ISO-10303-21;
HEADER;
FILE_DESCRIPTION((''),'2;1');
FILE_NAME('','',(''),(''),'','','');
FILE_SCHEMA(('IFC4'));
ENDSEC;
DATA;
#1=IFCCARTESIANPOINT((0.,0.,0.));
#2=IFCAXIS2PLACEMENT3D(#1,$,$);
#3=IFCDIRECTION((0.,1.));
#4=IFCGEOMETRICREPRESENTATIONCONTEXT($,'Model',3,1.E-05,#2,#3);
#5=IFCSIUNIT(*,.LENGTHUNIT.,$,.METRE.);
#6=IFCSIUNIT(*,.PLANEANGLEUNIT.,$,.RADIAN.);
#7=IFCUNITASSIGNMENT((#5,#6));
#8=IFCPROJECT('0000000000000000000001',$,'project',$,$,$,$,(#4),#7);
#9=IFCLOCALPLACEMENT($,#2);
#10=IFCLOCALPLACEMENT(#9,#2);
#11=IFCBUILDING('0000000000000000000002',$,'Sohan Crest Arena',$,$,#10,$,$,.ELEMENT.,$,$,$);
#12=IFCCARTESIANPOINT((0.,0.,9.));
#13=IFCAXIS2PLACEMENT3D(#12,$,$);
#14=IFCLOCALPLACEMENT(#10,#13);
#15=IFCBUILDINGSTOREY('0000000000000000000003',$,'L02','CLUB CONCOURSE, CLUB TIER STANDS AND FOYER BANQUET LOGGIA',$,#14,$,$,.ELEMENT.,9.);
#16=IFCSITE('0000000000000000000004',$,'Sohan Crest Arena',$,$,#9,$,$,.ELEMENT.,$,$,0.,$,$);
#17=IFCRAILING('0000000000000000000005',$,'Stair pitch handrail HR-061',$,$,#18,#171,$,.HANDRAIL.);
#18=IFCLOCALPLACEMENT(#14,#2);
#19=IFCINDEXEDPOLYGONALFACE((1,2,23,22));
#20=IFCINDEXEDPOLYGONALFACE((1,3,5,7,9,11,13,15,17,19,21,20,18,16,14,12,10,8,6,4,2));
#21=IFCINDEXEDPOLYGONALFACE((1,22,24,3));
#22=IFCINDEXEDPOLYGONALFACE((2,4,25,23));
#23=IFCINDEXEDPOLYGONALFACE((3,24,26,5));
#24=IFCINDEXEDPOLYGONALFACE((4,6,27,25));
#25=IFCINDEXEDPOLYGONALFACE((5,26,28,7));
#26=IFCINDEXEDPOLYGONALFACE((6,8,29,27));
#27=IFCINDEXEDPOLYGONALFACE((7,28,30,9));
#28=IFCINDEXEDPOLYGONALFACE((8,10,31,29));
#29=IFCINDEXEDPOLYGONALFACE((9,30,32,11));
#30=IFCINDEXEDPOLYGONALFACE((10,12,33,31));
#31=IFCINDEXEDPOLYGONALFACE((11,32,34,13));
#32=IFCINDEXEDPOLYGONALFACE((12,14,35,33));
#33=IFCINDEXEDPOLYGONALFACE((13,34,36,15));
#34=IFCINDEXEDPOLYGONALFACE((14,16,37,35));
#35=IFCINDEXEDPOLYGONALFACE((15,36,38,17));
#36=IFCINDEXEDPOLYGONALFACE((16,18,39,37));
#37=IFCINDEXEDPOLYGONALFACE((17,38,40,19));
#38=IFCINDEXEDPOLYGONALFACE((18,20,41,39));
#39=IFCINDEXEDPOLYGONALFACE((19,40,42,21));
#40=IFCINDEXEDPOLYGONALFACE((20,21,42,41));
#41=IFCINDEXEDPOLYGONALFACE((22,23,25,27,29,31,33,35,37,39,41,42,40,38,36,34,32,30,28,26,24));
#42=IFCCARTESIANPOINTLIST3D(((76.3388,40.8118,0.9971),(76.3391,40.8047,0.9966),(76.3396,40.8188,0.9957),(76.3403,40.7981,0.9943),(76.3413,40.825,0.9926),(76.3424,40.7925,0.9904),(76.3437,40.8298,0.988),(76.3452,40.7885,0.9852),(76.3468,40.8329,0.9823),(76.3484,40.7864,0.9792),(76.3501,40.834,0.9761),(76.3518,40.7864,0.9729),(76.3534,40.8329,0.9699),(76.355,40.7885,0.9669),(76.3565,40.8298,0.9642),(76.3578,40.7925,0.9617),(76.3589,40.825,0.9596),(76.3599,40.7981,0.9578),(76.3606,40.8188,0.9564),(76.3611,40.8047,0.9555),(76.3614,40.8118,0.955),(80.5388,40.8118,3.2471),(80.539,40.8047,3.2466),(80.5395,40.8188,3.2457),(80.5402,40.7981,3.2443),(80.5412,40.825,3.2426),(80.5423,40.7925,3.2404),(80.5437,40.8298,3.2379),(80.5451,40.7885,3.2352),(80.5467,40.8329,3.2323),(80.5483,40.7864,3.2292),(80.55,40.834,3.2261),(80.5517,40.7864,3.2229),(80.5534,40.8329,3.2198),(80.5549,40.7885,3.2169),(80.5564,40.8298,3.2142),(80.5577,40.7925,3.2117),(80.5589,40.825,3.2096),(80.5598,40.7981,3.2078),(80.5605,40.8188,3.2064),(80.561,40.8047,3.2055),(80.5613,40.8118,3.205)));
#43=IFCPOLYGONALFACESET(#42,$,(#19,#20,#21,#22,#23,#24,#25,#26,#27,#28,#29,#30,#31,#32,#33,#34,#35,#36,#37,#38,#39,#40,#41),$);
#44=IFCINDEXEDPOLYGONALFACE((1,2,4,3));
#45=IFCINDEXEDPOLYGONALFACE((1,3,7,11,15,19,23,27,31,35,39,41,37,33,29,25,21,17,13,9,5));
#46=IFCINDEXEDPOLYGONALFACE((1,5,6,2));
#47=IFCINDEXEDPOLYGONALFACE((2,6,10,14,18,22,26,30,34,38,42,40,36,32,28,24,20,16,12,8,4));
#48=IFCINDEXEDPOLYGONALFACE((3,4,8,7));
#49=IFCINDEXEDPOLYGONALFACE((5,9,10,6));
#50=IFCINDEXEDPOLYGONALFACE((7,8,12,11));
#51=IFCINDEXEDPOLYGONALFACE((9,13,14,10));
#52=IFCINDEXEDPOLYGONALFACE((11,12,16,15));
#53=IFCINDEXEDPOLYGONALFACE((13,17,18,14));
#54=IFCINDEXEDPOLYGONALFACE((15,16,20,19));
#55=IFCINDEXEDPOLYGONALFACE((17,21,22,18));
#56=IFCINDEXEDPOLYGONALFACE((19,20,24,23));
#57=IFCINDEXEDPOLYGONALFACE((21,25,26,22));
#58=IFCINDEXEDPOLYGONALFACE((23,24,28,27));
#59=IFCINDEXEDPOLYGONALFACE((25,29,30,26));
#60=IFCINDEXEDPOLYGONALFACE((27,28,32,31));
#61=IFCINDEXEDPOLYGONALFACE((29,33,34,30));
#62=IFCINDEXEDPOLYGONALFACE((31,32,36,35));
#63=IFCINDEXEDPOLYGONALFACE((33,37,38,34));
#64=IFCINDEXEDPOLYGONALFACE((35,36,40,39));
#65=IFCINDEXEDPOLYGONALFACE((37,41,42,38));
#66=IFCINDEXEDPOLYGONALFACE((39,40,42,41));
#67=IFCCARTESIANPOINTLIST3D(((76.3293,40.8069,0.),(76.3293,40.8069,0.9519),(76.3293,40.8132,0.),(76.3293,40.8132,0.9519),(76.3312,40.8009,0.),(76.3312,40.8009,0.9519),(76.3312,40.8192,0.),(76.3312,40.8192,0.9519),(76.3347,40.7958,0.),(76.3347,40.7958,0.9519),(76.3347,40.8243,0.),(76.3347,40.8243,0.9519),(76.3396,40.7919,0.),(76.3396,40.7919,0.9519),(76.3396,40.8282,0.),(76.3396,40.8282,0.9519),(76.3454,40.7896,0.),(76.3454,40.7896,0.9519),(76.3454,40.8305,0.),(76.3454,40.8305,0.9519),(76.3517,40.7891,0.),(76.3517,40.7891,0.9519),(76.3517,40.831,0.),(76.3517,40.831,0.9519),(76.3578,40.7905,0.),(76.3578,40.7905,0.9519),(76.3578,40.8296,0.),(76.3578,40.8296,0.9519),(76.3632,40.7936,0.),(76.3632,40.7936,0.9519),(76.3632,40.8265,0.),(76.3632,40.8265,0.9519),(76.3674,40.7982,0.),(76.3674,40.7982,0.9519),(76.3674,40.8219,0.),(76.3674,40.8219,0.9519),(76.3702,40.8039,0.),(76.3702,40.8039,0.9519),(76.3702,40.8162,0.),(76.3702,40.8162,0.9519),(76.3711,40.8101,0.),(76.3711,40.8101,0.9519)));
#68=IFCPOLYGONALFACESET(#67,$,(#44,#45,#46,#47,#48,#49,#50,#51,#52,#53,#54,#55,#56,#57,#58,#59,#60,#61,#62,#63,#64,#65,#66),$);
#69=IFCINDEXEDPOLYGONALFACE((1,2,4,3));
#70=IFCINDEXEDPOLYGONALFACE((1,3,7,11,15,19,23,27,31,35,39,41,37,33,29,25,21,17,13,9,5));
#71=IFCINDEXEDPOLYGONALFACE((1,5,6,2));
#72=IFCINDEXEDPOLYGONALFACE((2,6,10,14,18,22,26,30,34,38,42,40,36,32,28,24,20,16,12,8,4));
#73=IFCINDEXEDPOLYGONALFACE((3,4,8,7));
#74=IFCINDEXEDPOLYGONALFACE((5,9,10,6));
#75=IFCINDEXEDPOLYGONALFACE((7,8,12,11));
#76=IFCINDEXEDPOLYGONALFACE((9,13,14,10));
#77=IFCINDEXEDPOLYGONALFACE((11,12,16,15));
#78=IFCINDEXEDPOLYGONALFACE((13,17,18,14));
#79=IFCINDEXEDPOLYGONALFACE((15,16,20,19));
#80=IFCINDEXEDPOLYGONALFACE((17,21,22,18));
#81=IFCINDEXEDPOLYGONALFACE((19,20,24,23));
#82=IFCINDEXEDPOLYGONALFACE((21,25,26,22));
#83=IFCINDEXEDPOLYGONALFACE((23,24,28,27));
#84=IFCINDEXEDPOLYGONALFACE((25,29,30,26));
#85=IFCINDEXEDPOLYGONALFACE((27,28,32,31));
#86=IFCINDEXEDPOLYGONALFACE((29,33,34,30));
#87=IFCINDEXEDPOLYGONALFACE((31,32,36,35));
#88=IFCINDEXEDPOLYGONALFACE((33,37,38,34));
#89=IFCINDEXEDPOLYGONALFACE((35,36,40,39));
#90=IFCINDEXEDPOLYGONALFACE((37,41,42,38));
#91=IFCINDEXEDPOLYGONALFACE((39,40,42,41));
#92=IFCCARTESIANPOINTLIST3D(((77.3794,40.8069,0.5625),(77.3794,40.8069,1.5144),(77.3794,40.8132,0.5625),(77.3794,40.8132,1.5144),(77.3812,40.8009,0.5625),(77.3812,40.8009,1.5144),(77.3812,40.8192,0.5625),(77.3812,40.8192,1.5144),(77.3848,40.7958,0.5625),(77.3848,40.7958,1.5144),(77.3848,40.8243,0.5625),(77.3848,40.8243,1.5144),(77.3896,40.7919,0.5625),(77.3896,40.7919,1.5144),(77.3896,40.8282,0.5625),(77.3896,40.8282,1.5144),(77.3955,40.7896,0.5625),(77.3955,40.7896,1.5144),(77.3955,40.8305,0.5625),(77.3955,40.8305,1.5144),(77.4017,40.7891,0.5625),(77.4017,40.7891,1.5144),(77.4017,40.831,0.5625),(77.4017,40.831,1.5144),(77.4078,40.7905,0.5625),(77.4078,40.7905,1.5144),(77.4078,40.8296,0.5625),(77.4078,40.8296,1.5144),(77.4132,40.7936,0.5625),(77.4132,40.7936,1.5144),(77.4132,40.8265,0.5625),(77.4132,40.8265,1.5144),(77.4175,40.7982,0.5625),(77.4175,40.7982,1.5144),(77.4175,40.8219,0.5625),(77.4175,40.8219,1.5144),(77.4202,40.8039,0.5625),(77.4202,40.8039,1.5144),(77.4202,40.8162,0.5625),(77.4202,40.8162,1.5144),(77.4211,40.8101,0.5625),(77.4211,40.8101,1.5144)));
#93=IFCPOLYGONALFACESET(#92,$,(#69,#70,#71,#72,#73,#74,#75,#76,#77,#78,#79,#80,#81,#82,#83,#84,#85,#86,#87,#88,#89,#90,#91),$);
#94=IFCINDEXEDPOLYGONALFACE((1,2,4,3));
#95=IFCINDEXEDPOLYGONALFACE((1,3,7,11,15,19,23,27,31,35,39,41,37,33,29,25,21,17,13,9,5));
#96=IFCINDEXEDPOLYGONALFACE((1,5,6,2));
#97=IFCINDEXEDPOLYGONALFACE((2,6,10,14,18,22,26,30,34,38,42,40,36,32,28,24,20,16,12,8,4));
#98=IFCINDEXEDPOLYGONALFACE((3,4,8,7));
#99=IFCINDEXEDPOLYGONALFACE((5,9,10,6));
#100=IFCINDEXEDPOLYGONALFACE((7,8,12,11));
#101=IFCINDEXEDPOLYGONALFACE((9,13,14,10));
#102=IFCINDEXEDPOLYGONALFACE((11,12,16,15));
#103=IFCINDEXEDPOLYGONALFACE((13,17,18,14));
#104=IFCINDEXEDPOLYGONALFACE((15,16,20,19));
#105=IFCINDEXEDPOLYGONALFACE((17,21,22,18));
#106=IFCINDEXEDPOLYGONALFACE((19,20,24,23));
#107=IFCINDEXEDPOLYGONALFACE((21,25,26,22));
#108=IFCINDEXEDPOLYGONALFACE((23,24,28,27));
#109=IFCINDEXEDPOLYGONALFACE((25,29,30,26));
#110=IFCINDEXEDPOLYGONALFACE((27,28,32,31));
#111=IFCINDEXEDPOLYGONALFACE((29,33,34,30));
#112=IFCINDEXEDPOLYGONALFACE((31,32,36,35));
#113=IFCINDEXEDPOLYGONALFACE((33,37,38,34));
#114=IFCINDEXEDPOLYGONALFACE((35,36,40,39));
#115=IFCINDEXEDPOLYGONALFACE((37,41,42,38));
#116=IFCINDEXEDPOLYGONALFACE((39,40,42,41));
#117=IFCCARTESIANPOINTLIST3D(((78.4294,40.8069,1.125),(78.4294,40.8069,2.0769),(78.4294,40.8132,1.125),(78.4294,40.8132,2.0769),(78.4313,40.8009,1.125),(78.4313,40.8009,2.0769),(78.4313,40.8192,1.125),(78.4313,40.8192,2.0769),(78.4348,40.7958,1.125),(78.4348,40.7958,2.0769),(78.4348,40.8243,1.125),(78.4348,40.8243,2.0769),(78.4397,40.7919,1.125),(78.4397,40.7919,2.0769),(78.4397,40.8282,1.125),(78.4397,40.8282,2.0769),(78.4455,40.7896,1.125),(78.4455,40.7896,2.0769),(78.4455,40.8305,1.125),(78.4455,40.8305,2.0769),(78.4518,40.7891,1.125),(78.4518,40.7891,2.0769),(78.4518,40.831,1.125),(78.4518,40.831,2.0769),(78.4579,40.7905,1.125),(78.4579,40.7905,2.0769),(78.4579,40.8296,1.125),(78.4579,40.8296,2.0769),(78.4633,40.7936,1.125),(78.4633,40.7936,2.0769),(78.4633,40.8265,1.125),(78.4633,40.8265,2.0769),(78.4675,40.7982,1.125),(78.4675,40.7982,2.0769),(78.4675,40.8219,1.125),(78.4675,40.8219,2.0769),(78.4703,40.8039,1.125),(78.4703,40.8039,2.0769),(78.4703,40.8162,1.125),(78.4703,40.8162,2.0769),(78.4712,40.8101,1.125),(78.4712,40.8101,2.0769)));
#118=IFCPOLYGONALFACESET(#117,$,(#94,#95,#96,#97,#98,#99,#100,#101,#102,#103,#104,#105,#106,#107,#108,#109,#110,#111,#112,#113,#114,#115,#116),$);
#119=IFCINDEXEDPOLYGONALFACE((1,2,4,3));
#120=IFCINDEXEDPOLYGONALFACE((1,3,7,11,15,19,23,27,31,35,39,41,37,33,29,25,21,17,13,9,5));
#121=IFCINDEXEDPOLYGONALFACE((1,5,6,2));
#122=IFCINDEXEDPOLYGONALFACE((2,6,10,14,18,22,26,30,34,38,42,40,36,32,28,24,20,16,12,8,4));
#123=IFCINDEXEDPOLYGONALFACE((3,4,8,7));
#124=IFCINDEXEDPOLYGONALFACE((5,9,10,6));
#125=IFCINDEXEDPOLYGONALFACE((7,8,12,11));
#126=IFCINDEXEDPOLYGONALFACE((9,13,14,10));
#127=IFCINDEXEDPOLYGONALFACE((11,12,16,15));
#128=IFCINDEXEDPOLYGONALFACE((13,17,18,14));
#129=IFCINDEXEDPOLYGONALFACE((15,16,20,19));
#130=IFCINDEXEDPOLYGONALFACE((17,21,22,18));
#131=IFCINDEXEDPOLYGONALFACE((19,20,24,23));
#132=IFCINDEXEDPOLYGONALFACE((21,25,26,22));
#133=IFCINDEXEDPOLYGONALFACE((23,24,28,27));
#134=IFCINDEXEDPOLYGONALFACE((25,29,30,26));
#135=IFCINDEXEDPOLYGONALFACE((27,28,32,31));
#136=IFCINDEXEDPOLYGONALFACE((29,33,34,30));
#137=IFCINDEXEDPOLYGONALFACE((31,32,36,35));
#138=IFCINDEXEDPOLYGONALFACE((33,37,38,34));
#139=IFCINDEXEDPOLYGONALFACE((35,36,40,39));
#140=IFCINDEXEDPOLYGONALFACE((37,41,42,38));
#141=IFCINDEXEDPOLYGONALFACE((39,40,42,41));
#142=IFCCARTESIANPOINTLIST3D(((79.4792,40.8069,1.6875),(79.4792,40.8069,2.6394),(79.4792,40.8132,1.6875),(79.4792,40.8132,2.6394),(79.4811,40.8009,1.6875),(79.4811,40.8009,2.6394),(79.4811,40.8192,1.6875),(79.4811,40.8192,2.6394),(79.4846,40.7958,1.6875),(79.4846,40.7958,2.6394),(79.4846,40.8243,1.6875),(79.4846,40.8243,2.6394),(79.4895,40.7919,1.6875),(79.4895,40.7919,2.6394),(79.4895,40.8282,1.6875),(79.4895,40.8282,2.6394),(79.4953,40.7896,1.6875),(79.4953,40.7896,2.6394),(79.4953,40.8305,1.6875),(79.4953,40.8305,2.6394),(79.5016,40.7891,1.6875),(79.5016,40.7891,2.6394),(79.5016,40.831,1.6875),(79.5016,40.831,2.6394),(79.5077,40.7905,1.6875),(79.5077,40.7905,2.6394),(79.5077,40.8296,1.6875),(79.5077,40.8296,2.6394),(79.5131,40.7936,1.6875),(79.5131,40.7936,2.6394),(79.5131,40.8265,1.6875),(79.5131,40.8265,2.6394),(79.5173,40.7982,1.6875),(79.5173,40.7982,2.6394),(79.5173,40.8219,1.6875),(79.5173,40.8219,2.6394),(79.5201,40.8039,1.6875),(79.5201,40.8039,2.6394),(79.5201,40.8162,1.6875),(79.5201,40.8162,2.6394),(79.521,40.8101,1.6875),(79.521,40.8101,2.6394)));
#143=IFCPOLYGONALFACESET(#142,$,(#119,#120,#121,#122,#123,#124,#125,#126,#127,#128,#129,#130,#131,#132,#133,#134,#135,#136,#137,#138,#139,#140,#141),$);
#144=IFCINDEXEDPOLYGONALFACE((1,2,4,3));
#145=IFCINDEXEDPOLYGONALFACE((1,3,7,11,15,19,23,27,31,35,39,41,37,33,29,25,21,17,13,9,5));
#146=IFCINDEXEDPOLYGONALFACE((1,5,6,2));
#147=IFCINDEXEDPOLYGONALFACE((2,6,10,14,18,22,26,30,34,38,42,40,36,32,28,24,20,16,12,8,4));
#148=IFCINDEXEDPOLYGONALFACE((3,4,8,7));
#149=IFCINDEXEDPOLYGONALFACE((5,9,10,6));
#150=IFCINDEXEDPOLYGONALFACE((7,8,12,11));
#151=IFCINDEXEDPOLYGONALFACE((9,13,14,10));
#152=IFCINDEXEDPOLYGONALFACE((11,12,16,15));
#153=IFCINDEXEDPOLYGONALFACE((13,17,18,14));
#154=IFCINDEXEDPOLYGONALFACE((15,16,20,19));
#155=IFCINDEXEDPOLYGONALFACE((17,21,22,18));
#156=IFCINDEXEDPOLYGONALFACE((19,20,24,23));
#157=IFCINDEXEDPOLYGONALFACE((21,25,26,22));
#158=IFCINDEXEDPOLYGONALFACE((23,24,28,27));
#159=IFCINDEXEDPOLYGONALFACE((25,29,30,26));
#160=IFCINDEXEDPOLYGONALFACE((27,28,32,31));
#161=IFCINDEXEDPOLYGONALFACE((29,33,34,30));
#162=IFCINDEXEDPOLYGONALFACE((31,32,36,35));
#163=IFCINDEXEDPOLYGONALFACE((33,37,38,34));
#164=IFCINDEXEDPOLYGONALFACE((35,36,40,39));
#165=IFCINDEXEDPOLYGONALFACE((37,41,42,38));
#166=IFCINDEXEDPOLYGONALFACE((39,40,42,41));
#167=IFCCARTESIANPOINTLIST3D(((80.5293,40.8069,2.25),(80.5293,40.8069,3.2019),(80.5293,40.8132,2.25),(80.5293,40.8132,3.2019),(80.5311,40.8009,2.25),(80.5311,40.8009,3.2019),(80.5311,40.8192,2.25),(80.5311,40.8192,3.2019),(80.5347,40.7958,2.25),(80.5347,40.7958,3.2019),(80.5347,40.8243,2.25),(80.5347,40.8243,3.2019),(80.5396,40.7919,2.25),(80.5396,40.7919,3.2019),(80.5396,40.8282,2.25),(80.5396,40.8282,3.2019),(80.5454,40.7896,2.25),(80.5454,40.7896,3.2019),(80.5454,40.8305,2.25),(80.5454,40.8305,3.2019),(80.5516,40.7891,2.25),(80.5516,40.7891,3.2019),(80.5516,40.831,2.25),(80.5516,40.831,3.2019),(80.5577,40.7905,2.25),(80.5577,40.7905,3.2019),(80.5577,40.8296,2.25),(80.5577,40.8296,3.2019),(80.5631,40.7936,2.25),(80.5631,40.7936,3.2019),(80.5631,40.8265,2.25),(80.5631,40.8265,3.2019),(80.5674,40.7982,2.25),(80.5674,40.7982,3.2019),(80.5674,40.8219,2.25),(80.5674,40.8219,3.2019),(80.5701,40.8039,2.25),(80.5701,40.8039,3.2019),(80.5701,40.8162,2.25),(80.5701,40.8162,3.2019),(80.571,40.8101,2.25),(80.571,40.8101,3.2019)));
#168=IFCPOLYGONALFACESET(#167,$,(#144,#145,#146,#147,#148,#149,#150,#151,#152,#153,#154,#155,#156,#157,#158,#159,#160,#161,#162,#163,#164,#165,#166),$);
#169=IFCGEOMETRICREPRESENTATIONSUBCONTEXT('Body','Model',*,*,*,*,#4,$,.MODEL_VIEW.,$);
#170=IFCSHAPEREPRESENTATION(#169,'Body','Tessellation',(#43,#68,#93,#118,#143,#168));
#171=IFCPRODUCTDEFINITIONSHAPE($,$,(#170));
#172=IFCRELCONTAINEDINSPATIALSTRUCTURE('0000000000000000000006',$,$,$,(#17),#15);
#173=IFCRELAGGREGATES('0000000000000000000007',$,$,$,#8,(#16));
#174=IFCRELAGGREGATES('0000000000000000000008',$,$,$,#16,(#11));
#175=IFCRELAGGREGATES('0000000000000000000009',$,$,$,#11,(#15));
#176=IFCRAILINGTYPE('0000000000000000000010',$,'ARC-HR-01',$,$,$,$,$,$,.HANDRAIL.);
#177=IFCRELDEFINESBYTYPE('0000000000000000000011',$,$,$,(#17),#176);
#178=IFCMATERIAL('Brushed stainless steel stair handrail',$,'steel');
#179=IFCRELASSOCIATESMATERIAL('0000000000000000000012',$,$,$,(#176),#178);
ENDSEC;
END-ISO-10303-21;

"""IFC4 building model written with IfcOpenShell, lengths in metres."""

from ifc_helpers import new_model, si_unit, direction, frame, origin, origin_2d, place, context, subcontext, project, spatial, circle, extrude, material, type_object, element, save


model = new_model("IFC4")

# Units and contexts
model_context = context("Model", 3, precision=1e-05, world=origin(), true_north=direction((0.0, 1.0)))
body_context = subcontext(model_context, "Body", "Model", "MODEL_VIEW")
ifc_project = project(units=[si_unit("LENGTHUNIT", "METRE"), si_unit("PLANEANGLEUNIT", "RADIAN")], contexts=[model_context])

# Site, building, storey
site_placement = place(None, origin())
site = spatial("IfcSite", under=ifc_project, at=site_placement, Name="Sohan Crest Arena", CompositionType="ELEMENT", RefElevation=0.0)
building_placement = place(site_placement, origin())
building = spatial("IfcBuilding", under=site, at=building_placement, Name="Sohan Crest Arena", CompositionType="ELEMENT")
storey_placement = place(building_placement, frame((0.0, 0.0, 9.0)))
storey = spatial("IfcBuildingStorey", under=building, at=storey_placement, Name="L02", Description="CLUB CONCOURSE, CLUB TIER STANDS AND FOYER BANQUET LOGGIA", CompositionType="ELEMENT", Elevation=9.0)

# Railing
ifc_material_1 = material(Name="Brushed stainless steel stair handrail", Category="steel")
railing_type_1 = type_object("IfcRailingType", Name="ARC-HR-01", PredefinedType="HANDRAIL", material=ifc_material_1)
for number, where, name in (
    (1, (76.3501, 40.8101, 0.0), "Stair pitch handrail HR-061"),
):
    element("IfcRailing", number, at=place(storey_placement, frame(where)), inside=storey, type_object=railing_type_1, Name=name, PredefinedType="HANDRAIL", context=body_context, shape_type="SweptSolid", body=[
        extrude(circle(Radius=0.0239, at=origin_2d()), frame((0.0, 0.0, 0.9761), z_axis=(0.881478, 0.0, 0.472226), x_axis=(0.0, 1.0, 0.0)), (0.0, 0.0, 1.0), 4.7646),
        extrude(circle(Radius=0.021, at=origin_2d()), origin(), (0.0, 0.0, 1.0), 0.9519),
        extrude(circle(Radius=0.021, at=origin_2d()), frame((1.05, 0.0, 0.5625)), (0.0, 0.0, 1.0), 0.9519),
        extrude(circle(Radius=0.021, at=origin_2d()), frame((2.1001, 0.0, 1.125)), (0.0, 0.0, 1.0), 0.9519),
        extrude(circle(Radius=0.021, at=origin_2d()), frame((3.1499, 0.0, 1.6875)), (0.0, 0.0, 1.0), 0.9519),
        extrude(circle(Radius=0.021, at=origin_2d()), frame((4.2, 0.0, 2.25)), (0.0, 0.0, 1.0), 0.9519),
    ])

save(model, "model.ifc")
